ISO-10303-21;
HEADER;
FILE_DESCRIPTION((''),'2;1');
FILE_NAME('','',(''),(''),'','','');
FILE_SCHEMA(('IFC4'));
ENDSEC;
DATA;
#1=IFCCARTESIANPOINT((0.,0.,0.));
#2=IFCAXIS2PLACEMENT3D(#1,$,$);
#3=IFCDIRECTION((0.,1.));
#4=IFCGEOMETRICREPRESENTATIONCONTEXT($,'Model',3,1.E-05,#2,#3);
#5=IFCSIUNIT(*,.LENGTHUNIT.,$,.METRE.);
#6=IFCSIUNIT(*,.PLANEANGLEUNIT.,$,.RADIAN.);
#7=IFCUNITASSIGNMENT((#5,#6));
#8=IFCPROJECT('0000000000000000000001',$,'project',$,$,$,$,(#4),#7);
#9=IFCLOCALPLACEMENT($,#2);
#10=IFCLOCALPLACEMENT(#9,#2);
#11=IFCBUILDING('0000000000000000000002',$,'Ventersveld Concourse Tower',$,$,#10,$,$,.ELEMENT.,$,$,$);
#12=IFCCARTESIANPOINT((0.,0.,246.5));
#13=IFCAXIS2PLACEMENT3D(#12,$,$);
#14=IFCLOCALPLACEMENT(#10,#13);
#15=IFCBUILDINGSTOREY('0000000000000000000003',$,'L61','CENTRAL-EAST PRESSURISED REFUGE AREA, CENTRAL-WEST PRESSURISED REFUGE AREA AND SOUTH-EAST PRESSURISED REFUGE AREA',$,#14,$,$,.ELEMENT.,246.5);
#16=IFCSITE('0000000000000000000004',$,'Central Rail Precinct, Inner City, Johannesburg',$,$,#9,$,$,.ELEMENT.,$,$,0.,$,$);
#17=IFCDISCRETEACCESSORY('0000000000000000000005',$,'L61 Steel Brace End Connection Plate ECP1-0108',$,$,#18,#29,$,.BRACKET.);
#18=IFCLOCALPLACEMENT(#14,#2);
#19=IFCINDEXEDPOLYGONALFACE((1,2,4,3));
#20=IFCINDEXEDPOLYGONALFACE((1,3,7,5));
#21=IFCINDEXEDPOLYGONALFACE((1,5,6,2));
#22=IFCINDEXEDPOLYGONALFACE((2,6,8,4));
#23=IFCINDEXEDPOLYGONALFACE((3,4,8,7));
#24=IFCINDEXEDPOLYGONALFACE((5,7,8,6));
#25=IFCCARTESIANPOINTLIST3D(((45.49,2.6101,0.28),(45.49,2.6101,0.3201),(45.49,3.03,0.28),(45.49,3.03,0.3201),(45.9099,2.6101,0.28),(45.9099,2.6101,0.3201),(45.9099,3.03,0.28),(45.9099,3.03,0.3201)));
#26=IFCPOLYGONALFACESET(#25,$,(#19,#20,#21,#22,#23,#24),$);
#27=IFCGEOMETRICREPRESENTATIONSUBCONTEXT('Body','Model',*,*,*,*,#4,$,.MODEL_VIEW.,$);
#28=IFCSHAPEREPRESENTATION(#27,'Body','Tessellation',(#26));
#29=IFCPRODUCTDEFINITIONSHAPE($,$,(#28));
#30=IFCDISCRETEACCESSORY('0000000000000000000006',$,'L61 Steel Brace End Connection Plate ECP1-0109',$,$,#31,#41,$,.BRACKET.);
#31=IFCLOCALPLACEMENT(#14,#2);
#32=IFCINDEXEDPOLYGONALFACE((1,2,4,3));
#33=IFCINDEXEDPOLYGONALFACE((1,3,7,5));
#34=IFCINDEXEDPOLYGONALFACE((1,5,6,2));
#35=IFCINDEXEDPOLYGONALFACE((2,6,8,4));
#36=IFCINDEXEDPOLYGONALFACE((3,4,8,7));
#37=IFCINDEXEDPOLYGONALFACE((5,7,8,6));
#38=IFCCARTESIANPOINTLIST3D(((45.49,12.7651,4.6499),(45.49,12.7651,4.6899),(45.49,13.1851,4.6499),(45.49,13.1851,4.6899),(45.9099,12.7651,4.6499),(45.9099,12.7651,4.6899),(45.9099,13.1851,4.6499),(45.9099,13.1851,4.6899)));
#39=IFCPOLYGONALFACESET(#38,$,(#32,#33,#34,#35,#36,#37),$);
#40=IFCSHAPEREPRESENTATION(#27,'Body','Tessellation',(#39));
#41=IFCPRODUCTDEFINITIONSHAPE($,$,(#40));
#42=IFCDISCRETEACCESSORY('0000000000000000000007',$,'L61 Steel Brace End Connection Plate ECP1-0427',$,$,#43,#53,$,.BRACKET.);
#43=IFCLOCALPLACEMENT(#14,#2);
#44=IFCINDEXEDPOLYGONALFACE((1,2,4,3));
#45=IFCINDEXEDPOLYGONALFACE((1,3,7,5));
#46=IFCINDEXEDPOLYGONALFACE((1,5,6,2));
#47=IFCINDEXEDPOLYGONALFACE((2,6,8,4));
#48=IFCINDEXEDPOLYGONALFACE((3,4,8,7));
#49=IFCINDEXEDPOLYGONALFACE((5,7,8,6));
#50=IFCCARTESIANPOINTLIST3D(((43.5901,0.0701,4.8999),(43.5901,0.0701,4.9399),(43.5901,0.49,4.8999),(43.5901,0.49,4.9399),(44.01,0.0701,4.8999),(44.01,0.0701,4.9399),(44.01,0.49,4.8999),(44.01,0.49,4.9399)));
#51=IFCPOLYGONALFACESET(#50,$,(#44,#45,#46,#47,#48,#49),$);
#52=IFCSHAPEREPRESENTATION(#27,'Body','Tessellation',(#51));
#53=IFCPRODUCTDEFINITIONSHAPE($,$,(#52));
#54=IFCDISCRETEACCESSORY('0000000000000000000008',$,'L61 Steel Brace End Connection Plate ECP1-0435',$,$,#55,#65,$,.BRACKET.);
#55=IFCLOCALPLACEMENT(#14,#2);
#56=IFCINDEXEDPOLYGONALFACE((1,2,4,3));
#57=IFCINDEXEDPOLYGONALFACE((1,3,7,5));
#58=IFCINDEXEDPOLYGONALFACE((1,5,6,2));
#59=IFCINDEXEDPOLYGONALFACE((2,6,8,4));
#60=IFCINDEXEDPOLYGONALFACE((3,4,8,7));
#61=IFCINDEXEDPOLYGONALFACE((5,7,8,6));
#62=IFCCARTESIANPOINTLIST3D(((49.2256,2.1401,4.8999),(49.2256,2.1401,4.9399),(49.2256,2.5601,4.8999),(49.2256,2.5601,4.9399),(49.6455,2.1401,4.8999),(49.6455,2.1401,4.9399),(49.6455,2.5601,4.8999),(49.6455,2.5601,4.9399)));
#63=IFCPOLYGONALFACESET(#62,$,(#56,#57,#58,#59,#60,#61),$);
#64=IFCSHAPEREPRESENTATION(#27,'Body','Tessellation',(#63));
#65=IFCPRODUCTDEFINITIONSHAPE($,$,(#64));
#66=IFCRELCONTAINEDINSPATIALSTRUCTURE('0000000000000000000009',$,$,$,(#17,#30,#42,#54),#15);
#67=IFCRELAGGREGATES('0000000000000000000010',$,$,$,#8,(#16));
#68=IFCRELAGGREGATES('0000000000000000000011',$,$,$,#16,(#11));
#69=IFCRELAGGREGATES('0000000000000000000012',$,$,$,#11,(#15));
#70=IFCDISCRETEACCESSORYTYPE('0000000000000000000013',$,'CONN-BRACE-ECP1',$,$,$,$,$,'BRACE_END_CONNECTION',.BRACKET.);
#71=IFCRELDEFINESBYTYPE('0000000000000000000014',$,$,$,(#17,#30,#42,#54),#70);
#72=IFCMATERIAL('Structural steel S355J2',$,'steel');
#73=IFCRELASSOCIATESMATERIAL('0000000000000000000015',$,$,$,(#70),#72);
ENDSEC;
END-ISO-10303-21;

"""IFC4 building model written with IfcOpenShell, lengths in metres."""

from ifc_helpers import new_model, si_unit, direction, frame, origin, origin_2d, place, context, subcontext, project, spatial, rectangle, extrude, material, type_object, element, save


model = new_model("IFC4")

# Units and contexts
model_context = context("Model", 3, precision=1e-05, world=origin(), true_north=direction((0.0, 1.0)))
body_context = subcontext(model_context, "Body", "Model", "MODEL_VIEW")
ifc_project = project(units=[si_unit("LENGTHUNIT", "METRE"), si_unit("PLANEANGLEUNIT", "RADIAN")], contexts=[model_context])

# Site, building, storey
site_placement = place(None, origin())
site = spatial("IfcSite", under=ifc_project, at=site_placement, Name="Central Rail Precinct, Inner City, Johannesburg", CompositionType="ELEMENT", RefElevation=0.0)
building_placement = place(site_placement, origin())
building = spatial("IfcBuilding", under=site, at=building_placement, Name="Ventersveld Concourse Tower", CompositionType="ELEMENT")
storey_placement = place(building_placement, frame((0.0, 0.0, 246.5)))
storey = spatial("IfcBuildingStorey", under=building, at=storey_placement, Name="L61", Description="CENTRAL-EAST PRESSURISED REFUGE AREA, CENTRAL-WEST PRESSURISED REFUGE AREA AND SOUTH-EAST PRESSURISED REFUGE AREA", CompositionType="ELEMENT", Elevation=246.5)

# Shared definitions
ifc_material_1 = material(Name="Structural steel S355J2", Category="steel")

# Discrete accessories
discrete_accessory_type = type_object("IfcDiscreteAccessoryType", Name="CONN-BRACE-ECP1", ElementType="BRACE_END_CONNECTION", PredefinedType="BRACKET", material=ifc_material_1)
for number, where, z_axis, x_axis, name in (
    (1, (45.7, 2.8201, 0.28), (0.0, 0.0, 1.0), (1.0, 0.0, 0.0), "L61 Steel Brace End Connection Plate ECP1-0108"),
    (2, (45.7, 12.9751, 4.6499), (0.0, 0.0, 1.0), (1.0, 0.0, 0.0), "L61 Steel Brace End Connection Plate ECP1-0109"),
    (3, (43.8, 0.28, 4.8999), (0.0, 0.0, 1.0), (1.0, 0.0, 0.0), "L61 Steel Brace End Connection Plate ECP1-0427"),
    (4, (49.4355, 2.3501, 4.8999), (0.0, 0.0, 1.0), (1.0, 0.0, 0.0), "L61 Steel Brace End Connection Plate ECP1-0435"),
):
    element("IfcDiscreteAccessory", number, at=place(storey_placement, frame(where, z_axis=z_axis, x_axis=x_axis)), inside=storey, type_object=discrete_accessory_type, Name=name, PredefinedType="BRACKET", context=body_context, shape_type="SweptSolid", body=[
        extrude(rectangle(XDim=0.4199, YDim=0.4199, at=origin_2d()), origin(), (0.0, 0.0, 1.0), 0.04),
    ])

save(model, "model.ifc")
